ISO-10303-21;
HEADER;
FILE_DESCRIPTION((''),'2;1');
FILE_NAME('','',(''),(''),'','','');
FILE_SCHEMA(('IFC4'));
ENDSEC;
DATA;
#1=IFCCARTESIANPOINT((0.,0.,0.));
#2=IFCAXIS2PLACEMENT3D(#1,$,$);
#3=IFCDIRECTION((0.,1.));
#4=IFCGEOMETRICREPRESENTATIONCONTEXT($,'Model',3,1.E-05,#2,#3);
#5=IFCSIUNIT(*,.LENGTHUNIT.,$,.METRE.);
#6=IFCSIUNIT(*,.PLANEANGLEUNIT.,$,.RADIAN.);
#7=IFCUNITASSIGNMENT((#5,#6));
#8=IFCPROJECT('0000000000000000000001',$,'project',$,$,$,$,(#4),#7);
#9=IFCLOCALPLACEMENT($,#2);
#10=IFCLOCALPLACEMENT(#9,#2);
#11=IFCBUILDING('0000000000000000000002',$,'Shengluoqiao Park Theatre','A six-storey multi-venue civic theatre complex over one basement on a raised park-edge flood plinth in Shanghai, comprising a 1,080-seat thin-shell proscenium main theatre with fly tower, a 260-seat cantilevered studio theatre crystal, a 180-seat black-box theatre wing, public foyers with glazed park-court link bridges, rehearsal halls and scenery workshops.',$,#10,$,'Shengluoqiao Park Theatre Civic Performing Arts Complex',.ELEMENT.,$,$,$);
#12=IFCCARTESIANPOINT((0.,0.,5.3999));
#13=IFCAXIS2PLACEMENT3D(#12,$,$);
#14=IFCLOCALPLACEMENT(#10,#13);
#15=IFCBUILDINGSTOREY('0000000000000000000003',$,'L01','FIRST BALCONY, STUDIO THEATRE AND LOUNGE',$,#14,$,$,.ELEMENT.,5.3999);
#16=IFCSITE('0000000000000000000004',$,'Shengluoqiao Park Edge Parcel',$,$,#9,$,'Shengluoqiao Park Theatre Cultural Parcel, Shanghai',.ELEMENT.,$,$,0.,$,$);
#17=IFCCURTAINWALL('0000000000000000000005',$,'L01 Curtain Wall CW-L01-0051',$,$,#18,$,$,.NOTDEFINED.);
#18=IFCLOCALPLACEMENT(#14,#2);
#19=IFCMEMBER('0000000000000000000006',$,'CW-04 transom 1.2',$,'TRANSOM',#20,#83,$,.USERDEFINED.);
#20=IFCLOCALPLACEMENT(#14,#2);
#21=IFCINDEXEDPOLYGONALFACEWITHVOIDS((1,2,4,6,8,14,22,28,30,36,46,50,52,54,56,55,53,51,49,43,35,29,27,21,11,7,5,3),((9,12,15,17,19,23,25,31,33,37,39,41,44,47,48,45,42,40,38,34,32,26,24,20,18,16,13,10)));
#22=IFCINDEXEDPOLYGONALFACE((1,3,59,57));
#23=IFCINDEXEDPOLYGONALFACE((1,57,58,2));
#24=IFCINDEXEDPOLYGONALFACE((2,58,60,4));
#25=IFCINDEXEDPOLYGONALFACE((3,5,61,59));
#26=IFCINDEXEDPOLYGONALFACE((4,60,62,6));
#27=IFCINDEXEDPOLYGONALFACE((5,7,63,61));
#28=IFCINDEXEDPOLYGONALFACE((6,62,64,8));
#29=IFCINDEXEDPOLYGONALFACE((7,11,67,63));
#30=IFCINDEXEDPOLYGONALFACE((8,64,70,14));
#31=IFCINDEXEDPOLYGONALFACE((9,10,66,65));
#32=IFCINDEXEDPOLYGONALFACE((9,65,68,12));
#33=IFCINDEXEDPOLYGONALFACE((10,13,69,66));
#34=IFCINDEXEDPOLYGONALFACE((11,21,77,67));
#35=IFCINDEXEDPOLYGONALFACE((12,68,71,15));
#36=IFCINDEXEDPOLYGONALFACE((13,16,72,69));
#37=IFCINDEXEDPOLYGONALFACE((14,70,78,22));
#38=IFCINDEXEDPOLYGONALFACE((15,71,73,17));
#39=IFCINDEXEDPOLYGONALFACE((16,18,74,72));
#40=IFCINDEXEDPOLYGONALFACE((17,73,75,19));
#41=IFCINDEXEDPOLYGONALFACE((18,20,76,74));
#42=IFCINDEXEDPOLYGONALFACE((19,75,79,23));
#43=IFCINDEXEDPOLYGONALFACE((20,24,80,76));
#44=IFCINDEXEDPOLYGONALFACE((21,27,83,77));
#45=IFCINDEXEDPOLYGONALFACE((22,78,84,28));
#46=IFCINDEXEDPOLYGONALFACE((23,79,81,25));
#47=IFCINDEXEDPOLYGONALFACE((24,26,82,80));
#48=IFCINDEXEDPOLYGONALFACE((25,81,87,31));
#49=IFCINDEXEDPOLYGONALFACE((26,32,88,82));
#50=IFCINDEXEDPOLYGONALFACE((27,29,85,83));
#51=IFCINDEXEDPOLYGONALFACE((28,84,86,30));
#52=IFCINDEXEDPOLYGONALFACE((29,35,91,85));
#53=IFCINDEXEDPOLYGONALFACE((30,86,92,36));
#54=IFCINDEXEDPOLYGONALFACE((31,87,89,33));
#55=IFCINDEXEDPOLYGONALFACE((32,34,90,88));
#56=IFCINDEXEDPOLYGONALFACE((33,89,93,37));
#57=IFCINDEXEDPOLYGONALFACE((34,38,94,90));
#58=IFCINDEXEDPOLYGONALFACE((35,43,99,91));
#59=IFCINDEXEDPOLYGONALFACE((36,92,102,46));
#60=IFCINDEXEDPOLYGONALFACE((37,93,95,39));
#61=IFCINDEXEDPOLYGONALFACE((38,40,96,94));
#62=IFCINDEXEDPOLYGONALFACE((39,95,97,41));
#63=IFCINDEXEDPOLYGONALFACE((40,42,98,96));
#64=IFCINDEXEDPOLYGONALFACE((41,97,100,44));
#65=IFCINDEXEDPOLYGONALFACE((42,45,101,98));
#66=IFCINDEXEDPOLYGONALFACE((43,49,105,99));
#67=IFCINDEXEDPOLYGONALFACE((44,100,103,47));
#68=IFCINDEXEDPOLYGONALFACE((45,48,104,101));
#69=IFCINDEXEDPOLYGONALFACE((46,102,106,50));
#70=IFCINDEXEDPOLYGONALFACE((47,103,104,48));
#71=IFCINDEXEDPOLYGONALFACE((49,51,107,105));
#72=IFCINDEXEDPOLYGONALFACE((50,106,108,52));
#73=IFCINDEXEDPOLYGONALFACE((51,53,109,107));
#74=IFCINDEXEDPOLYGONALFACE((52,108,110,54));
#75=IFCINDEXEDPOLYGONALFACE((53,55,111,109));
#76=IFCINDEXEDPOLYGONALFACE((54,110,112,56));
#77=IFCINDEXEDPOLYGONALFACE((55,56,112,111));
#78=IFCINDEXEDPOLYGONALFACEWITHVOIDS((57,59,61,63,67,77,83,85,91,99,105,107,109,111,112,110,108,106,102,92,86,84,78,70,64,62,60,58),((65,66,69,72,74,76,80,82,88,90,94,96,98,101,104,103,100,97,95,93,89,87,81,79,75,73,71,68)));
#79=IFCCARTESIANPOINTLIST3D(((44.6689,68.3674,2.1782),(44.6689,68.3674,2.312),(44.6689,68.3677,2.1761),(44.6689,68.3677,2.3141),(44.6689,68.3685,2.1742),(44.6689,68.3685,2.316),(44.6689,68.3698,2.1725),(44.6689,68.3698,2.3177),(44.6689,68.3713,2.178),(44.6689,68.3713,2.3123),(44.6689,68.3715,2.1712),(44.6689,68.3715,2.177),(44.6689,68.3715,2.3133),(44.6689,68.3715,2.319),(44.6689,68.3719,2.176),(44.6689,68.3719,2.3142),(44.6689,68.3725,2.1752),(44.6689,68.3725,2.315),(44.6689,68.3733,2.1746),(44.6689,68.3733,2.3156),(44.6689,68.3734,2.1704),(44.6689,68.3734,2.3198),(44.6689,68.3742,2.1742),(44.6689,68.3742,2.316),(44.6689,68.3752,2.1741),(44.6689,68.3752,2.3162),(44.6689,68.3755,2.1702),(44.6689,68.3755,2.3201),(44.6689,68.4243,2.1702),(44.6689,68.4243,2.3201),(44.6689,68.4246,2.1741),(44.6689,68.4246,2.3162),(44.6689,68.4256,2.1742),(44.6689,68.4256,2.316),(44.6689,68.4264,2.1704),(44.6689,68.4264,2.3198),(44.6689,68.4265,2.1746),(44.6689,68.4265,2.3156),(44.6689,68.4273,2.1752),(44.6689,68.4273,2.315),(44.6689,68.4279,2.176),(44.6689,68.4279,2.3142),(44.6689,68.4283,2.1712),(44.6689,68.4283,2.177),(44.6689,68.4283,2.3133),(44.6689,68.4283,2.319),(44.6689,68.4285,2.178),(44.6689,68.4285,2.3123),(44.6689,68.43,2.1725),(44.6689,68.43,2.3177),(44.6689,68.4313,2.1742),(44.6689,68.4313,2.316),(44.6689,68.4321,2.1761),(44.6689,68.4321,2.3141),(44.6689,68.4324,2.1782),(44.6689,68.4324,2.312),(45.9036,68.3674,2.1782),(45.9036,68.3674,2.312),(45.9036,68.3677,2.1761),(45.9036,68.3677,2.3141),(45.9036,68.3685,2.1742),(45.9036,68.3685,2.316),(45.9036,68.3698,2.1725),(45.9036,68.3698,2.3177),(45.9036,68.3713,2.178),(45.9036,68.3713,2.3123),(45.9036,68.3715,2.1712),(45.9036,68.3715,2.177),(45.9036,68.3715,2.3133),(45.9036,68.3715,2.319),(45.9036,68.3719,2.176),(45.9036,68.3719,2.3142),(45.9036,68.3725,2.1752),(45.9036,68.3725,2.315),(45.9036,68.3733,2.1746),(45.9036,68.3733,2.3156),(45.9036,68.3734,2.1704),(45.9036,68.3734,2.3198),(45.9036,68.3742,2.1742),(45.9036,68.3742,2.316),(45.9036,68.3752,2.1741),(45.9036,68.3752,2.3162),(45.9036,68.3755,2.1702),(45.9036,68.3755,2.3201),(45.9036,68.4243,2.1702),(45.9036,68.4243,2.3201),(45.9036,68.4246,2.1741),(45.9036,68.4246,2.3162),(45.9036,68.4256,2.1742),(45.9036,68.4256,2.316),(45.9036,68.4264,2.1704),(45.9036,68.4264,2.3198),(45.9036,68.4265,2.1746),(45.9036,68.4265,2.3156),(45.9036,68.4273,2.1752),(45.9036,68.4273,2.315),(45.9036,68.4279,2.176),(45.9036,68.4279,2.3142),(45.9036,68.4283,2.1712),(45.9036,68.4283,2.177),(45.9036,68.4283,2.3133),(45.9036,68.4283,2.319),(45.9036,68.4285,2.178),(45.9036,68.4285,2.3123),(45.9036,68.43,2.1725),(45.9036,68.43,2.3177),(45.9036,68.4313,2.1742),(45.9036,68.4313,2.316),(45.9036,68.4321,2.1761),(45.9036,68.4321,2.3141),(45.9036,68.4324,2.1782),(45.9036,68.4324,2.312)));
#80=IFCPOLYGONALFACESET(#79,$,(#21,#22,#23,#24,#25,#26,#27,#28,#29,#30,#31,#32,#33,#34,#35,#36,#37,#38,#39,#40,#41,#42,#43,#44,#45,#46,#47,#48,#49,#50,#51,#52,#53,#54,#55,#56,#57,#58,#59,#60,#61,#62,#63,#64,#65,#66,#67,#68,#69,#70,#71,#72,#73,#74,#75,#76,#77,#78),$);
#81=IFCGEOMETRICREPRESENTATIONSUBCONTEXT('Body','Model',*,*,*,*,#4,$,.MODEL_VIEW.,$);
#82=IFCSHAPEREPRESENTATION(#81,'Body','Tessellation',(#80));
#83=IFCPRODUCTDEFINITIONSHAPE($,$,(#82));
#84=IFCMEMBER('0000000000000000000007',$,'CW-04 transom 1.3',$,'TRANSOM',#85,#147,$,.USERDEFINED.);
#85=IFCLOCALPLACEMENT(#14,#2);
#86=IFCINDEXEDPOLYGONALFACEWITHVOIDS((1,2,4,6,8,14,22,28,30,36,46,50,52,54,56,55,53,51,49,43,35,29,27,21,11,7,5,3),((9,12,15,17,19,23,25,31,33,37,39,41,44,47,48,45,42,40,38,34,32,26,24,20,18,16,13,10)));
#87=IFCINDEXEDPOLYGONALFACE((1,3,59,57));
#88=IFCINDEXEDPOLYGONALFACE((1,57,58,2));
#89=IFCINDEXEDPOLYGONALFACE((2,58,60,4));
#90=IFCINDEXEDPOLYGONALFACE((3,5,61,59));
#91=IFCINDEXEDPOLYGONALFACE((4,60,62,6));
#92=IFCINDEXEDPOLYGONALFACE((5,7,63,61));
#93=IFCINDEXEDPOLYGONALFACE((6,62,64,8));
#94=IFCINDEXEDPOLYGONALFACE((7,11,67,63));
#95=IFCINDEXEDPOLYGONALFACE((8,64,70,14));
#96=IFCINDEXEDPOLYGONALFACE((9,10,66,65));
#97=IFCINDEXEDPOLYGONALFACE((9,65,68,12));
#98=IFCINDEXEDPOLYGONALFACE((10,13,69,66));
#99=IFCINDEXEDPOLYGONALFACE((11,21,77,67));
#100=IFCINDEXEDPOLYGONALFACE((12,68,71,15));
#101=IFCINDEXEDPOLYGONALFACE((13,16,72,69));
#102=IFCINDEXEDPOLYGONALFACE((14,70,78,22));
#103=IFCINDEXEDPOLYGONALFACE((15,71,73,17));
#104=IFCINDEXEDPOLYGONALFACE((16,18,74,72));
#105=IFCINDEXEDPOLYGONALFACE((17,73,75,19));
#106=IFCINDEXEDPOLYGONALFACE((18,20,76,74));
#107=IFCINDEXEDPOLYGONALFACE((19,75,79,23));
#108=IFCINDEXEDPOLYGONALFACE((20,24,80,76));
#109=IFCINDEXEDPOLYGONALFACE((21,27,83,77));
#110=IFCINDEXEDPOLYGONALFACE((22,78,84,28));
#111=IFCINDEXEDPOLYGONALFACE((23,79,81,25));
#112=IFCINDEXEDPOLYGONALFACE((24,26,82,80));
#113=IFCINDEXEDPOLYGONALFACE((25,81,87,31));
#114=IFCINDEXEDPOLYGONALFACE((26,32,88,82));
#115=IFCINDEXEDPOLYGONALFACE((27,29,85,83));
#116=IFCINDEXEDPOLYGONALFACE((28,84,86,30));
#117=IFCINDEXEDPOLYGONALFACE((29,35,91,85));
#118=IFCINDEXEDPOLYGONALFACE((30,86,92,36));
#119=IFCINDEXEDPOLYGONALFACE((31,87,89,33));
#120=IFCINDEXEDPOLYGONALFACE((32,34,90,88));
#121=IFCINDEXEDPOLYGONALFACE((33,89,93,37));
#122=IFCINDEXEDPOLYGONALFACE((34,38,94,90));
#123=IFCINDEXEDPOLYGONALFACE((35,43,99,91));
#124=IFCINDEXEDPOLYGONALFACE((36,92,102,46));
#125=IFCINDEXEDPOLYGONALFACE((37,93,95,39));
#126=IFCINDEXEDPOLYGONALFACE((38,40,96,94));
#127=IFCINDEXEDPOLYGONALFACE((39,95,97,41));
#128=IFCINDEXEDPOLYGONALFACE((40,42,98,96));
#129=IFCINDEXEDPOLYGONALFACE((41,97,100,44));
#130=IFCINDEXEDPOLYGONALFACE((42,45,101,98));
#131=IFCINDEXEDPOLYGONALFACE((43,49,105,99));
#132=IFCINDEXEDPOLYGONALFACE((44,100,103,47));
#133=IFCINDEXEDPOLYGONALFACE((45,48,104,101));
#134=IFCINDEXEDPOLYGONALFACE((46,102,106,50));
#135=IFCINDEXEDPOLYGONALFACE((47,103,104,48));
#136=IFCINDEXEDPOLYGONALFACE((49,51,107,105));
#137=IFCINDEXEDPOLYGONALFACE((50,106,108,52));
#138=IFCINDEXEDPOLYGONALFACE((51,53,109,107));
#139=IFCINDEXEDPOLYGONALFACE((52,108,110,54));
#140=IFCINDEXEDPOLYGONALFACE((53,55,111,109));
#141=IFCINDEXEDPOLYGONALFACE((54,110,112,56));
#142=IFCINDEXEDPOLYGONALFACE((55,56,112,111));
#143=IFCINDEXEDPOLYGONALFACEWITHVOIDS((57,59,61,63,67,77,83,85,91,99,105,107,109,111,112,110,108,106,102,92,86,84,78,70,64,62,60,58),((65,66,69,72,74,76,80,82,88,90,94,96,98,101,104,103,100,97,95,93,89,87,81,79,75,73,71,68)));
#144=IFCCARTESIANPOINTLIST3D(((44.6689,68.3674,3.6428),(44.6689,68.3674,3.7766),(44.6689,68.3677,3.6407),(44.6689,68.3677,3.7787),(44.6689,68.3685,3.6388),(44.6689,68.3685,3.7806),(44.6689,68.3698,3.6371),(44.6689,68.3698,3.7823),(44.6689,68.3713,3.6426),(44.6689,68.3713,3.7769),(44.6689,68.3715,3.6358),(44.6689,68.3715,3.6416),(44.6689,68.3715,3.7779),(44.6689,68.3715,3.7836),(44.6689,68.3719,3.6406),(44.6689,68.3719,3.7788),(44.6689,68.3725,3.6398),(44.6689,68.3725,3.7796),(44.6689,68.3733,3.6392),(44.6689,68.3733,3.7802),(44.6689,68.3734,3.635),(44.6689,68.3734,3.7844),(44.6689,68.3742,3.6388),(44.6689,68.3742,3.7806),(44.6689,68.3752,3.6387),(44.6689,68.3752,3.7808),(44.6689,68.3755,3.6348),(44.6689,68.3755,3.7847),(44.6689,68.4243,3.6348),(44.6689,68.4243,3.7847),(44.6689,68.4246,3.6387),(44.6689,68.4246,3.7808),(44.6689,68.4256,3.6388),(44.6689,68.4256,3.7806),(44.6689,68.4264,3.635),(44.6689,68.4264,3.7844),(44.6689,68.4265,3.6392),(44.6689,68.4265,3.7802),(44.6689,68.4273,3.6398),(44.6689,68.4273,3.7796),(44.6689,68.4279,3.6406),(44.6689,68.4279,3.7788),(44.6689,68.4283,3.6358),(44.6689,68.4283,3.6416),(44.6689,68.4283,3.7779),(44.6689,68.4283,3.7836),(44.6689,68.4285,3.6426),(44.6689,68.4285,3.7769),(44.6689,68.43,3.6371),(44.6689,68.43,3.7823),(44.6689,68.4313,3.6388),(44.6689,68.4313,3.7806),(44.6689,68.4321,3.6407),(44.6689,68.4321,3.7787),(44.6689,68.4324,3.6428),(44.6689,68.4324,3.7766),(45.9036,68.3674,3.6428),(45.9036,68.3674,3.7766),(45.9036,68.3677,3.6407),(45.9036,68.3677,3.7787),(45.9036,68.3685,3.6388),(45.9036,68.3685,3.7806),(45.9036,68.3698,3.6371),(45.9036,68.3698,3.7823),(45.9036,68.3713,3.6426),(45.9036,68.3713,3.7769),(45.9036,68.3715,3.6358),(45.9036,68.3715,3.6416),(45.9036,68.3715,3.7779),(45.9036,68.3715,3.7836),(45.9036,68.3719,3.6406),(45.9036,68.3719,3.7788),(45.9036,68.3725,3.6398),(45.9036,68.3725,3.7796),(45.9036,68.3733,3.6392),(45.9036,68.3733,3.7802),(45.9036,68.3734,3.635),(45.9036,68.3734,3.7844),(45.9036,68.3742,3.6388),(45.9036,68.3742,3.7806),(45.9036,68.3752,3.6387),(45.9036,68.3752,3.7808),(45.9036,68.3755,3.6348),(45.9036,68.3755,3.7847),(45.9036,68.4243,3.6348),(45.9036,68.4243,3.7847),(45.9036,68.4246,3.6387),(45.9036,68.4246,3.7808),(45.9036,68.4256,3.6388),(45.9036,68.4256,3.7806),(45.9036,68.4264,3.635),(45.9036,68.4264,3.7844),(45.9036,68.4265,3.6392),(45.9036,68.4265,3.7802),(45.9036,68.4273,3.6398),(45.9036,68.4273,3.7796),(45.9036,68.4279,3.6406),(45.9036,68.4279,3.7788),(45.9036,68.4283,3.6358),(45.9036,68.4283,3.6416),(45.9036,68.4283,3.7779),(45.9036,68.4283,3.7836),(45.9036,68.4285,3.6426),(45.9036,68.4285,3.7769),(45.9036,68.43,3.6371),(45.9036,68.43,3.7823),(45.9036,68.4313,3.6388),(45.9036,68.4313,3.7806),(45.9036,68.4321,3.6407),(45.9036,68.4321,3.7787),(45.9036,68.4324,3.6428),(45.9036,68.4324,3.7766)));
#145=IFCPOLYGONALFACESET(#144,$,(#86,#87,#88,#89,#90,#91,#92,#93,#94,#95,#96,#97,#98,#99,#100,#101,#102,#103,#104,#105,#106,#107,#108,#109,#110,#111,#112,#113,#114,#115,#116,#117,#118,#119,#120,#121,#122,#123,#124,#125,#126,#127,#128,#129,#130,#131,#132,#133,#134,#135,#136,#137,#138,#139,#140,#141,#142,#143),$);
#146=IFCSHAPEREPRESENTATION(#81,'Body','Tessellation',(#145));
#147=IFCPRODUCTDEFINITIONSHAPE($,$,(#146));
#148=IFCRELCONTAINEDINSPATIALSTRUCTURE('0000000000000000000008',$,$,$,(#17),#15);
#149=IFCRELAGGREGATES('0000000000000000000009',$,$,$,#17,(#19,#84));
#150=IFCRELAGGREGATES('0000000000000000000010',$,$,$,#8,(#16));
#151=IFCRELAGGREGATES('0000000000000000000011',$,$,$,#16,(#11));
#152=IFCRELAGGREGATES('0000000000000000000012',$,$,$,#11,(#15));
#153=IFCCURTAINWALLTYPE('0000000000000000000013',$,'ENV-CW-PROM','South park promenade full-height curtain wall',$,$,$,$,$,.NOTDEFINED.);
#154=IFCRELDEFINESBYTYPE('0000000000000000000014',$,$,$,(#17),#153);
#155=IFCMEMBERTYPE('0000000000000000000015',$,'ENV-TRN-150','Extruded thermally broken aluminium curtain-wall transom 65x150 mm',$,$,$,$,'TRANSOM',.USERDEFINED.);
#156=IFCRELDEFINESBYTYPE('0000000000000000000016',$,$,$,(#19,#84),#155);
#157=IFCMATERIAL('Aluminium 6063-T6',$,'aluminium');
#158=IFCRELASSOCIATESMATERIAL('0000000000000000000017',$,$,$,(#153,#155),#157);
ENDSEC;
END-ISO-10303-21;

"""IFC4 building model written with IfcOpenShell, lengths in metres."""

from ifc_helpers import new_model, si_unit, direction, frame, origin, origin_2d, place, context, subcontext, project, spatial, hollow_rectangle, extrude, material, material_profile, profile_set, type_object, element, aggregate, save


model = new_model("IFC4")

# Units and contexts
model_context = context("Model", 3, precision=1e-05, world=origin(), true_north=direction((0.0, 1.0)))
body_context = subcontext(model_context, "Body", "Model", "MODEL_VIEW")
ifc_project = project(units=[si_unit("LENGTHUNIT", "METRE"), si_unit("PLANEANGLEUNIT", "RADIAN")], contexts=[model_context])

# Site, building, storey
site_placement = place(None, origin())
site = spatial("IfcSite", under=ifc_project, at=site_placement, Name="Shengluoqiao Park Edge Parcel", LongName="Shengluoqiao Park Theatre Cultural Parcel, Shanghai", CompositionType="ELEMENT", RefElevation=0.0)
building_placement = place(site_placement, origin())
building = spatial("IfcBuilding", under=site, at=building_placement, Name="Shengluoqiao Park Theatre", Description="A six-storey multi-venue civic theatre complex over one basement on a raised park-edge flood plinth in Shanghai, comprising a 1,080-seat thin-shell proscenium main theatre with fly tower, a 260-seat cantilevered studio theatre crystal, a 180-seat black-box theatre wing, public foyers with glazed park-court link bridges, rehearsal halls and scenery workshops.", LongName="Shengluoqiao Park Theatre Civic Performing Arts Complex", CompositionType="ELEMENT")
storey_placement = place(building_placement, frame((0.0, 0.0, 5.3999)))
storey = spatial("IfcBuildingStorey", under=building, at=storey_placement, Name="L01", Description="FIRST BALCONY, STUDIO THEATRE AND LOUNGE", CompositionType="ELEMENT", Elevation=5.3999)

# Curtain wall, members
ifc_material_1 = material(Name="Aluminium 6063-T6", Category="aluminium")
curtain_wall_type = type_object("IfcCurtainWallType", Name="ENV-CW-PROM", Description="South park promenade full-height curtain wall", PredefinedType="NOTDEFINED", material=ifc_material_1)
curtain_wall_placement = place(storey_placement, origin())
curtain_wall = element("IfcCurtainWall", 1, at=curtain_wall_placement, inside=storey, type_object=curtain_wall_type, Name="L01 Curtain Wall CW-L01-0051", PredefinedType="NOTDEFINED")
ifc_material_profile_1 = material_profile(ifc_material_1, hollow_rectangle(XDim=0.0649, YDim=0.1499, WallThickness=0.0039, InnerFilletRadius=0.0039, OuterFilletRadius=0.0081, at=origin_2d()), Name="ALU TRANSOM 150x65x4")
ifc_profile_set_1 = profile_set([ifc_material_profile_1], Name="Aluminium 6063-T6")
member_type_1 = type_object("IfcMemberType", Name="ENV-TRN-150", Description="Extruded thermally broken aluminium curtain-wall transom 65x150 mm", ElementType="TRANSOM", PredefinedType="USERDEFINED", material=ifc_profile_set_1)
member_1_placement = place(storey_placement, frame((44.6689, 68.3999, 2.2451), z_axis=(1.0, 0.0, 0.0), x_axis=(0.0, 1.0, 0.0)))
member_1 = element("IfcMember", 2, at=member_1_placement, type_object=member_type_1, Name="CW-04 transom 1.2", ObjectType="TRANSOM", PredefinedType="USERDEFINED", context=body_context, shape_type="SweptSolid", body=[
    extrude(hollow_rectangle(XDim=0.0649, YDim=0.1499, WallThickness=0.0039, InnerFilletRadius=0.0039, OuterFilletRadius=0.0081, at=origin_2d()), origin(), (0.0, 0.0, 1.0), 1.2346),
])
member_2_placement = place(storey_placement, frame((44.6689, 68.3999, 3.7097), z_axis=(1.0, 0.0, 0.0), x_axis=(0.0, 1.0, 0.0)))
member_2 = element("IfcMember", 3, at=member_2_placement, type_object=member_type_1, Name="CW-04 transom 1.3", ObjectType="TRANSOM", PredefinedType="USERDEFINED", context=body_context, shape_type="SweptSolid", body=[
    extrude(hollow_rectangle(XDim=0.0649, YDim=0.1499, WallThickness=0.0039, InnerFilletRadius=0.0039, OuterFilletRadius=0.0081, at=origin_2d()), origin(), (0.0, 0.0, 1.0), 1.2346),
])

aggregate(curtain_wall, [member_1, member_2])

save(model, "model.ifc")
